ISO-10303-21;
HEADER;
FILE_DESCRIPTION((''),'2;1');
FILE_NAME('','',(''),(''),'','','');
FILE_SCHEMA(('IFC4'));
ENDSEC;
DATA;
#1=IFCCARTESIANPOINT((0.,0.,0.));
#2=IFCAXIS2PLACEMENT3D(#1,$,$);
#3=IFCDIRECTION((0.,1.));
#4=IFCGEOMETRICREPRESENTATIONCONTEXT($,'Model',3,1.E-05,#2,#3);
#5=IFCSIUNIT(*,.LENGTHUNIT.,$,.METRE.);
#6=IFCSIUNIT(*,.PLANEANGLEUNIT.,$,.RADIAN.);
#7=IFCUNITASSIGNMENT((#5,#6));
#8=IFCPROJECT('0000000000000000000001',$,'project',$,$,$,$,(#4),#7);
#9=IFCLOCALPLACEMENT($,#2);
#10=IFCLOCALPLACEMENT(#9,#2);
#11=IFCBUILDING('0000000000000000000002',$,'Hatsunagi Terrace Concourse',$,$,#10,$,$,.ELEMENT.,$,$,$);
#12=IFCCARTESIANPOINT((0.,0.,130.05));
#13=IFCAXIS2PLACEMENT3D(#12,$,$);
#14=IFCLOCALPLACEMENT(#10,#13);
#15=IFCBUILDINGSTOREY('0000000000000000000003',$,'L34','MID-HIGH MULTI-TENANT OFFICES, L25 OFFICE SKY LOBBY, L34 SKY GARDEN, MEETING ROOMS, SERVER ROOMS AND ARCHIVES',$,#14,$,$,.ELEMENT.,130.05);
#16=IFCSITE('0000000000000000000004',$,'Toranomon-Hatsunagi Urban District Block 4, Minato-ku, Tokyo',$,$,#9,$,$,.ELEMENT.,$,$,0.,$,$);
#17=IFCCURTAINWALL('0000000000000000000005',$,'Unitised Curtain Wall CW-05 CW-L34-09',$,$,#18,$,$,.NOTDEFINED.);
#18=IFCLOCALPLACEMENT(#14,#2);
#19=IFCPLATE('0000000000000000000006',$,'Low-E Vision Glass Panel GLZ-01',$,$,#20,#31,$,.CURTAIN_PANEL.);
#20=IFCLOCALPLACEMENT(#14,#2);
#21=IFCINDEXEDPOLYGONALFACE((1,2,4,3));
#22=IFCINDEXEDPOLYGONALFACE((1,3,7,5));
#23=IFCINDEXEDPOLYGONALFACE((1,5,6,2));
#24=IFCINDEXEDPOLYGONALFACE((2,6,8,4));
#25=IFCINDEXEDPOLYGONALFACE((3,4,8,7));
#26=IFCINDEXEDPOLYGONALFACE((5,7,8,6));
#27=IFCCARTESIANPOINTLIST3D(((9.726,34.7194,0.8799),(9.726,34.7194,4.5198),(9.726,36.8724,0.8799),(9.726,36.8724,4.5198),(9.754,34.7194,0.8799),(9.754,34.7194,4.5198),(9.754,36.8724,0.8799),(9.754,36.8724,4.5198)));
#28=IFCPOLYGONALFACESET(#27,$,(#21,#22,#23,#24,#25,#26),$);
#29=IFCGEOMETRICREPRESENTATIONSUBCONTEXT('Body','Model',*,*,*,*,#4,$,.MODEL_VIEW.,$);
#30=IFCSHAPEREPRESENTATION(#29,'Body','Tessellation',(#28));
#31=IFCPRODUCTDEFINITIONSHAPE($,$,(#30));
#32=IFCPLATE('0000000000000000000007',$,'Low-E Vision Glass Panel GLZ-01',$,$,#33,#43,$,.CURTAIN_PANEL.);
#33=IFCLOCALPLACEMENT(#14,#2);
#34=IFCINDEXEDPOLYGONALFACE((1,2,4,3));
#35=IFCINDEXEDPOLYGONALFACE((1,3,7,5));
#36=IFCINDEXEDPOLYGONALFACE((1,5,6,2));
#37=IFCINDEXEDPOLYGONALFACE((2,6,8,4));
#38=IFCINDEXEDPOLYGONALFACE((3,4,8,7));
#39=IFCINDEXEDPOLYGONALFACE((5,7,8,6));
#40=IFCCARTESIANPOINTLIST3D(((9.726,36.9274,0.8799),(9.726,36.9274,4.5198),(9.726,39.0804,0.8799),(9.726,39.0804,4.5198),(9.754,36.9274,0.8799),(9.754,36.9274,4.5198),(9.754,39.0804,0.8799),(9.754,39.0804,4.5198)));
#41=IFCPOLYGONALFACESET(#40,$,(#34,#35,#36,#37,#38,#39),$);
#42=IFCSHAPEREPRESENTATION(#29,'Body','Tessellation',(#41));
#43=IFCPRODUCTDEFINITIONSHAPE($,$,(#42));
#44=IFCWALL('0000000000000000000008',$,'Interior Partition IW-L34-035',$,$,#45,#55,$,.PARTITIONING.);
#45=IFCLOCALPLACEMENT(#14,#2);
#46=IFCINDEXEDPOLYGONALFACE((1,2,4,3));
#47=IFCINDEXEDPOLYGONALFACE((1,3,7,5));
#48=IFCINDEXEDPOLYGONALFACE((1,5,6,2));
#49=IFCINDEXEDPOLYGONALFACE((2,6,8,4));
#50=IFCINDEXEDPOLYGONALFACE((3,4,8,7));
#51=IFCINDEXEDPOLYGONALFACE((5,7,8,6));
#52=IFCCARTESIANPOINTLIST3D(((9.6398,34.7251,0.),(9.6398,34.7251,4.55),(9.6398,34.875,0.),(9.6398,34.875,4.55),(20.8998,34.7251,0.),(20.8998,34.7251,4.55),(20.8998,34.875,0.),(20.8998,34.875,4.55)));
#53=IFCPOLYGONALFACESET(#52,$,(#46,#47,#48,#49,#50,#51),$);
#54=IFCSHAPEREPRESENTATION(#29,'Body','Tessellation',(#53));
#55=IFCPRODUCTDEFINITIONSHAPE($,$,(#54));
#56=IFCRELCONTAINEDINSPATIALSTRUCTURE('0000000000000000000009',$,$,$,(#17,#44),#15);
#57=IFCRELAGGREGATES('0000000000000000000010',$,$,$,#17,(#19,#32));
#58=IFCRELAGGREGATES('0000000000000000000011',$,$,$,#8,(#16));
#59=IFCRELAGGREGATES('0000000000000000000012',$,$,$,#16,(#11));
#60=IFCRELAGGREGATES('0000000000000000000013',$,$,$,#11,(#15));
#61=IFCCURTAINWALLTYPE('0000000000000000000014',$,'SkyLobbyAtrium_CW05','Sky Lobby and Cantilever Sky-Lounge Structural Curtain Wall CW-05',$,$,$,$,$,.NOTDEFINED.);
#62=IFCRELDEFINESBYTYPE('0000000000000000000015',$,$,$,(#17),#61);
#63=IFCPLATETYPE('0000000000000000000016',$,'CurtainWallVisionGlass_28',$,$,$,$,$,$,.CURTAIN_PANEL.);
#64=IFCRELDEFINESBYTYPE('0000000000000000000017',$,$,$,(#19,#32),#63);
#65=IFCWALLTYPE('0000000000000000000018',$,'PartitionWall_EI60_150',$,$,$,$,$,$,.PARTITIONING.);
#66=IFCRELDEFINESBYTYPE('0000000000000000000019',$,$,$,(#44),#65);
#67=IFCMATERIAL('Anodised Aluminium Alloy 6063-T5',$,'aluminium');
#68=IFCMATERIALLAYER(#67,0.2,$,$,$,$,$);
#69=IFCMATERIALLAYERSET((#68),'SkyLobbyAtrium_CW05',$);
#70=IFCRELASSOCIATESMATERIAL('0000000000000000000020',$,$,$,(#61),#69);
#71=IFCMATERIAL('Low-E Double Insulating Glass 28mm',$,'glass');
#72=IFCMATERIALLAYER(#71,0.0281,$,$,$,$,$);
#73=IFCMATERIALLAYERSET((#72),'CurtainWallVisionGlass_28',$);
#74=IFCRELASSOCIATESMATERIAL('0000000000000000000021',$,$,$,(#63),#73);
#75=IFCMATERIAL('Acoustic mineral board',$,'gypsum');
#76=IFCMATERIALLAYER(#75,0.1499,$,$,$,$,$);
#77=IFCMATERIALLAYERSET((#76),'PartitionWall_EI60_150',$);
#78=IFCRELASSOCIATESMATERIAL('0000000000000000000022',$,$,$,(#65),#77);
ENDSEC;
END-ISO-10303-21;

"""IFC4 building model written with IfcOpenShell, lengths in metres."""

from ifc_helpers import new_model, si_unit, direction, frame, frame_2d, origin, origin_2d, place, context, subcontext, project, spatial, rectangle, extrude, material, layer, layer_set, type_object, element, aggregate, save


model = new_model("IFC4")

# Units and contexts
model_context = context("Model", 3, precision=1e-05, world=origin(), true_north=direction((0.0, 1.0)))
body_context = subcontext(model_context, "Body", "Model", "MODEL_VIEW")
ifc_project = project(units=[si_unit("LENGTHUNIT", "METRE"), si_unit("PLANEANGLEUNIT", "RADIAN")], contexts=[model_context])

# Site, building, storey
site_placement = place(None, origin())
site = spatial("IfcSite", under=ifc_project, at=site_placement, Name="Toranomon-Hatsunagi Urban District Block 4, Minato-ku, Tokyo", CompositionType="ELEMENT", RefElevation=0.0)
building_placement = place(site_placement, origin())
building = spatial("IfcBuilding", under=site, at=building_placement, Name="Hatsunagi Terrace Concourse", CompositionType="ELEMENT")
storey_placement = place(building_placement, frame((0.0, 0.0, 130.05)))
storey = spatial("IfcBuildingStorey", under=building, at=storey_placement, Name="L34", Description="MID-HIGH MULTI-TENANT OFFICES, L25 OFFICE SKY LOBBY, L34 SKY GARDEN, MEETING ROOMS, SERVER ROOMS AND ARCHIVES", CompositionType="ELEMENT", Elevation=130.05)

# Curtain wall
ifc_material_1 = material(Name="Anodised Aluminium Alloy 6063-T5", Category="aluminium")
ifc_layer_1 = layer(ifc_material_1, 0.2)
ifc_layer_set_1 = layer_set([ifc_layer_1], Name="SkyLobbyAtrium_CW05")
curtain_wall_type = type_object("IfcCurtainWallType", Name="SkyLobbyAtrium_CW05", Description="Sky Lobby and Cantilever Sky-Lounge Structural Curtain Wall CW-05", PredefinedType="NOTDEFINED", material=ifc_layer_set_1)
curtain_wall_placement = place(storey_placement, origin())
curtain_wall = element("IfcCurtainWall", 1, at=curtain_wall_placement, inside=storey, type_object=curtain_wall_type, Name="Unitised Curtain Wall CW-05 CW-L34-09", PredefinedType="NOTDEFINED")

# Plates
ifc_material_2 = material(Name="Low-E Double Insulating Glass 28mm", Category="glass")
ifc_layer_2 = layer(ifc_material_2, 0.0281)
ifc_layer_set_2 = layer_set([ifc_layer_2], Name="CurtainWallVisionGlass_28")
plate_type_1 = type_object("IfcPlateType", Name="CurtainWallVisionGlass_28", PredefinedType="CURTAIN_PANEL", material=ifc_layer_set_2)
plate_1_placement = place(storey_placement, frame((9.74, 35.7959, 0.8799), z_axis=(0.0, 0.0, 1.0), x_axis=(0.0, 1.0, 0.0)))
plate_1 = element("IfcPlate", 2, at=plate_1_placement, type_object=plate_type_1, Name="Low-E Vision Glass Panel GLZ-01", PredefinedType="CURTAIN_PANEL", context=body_context, shape_type="SweptSolid", body=[
    extrude(rectangle(XDim=2.1531, YDim=0.0281, at=origin_2d()), origin(), (0.0, 0.0, 1.0), 3.6399),
])
plate_2_placement = place(storey_placement, frame((9.74, 38.0039, 0.8799), z_axis=(0.0, 0.0, 1.0), x_axis=(0.0, 1.0, 0.0)))
plate_2 = element("IfcPlate", 3, at=plate_2_placement, type_object=plate_type_1, Name="Low-E Vision Glass Panel GLZ-01", PredefinedType="CURTAIN_PANEL", context=body_context, shape_type="SweptSolid", body=[
    extrude(rectangle(XDim=2.1531, YDim=0.0281, at=origin_2d()), origin(), (0.0, 0.0, 1.0), 3.6399),
])
aggregate(curtain_wall, [plate_1, plate_2])

# Wall
ifc_material_3 = material(Name="Acoustic mineral board", Category="gypsum")
ifc_layer_3 = layer(ifc_material_3, 0.1499)
ifc_layer_set_3 = layer_set([ifc_layer_3], Name="PartitionWall_EI60_150")
wall_type = type_object("IfcWallType", Name="PartitionWall_EI60_150", PredefinedType="PARTITIONING", material=ifc_layer_set_3)
wall_placement = place(storey_placement, frame((9.6399, 34.8, 0.0), z_axis=(0.0, 0.0, 1.0), x_axis=(1.0, 0.0, 0.0)))
element("IfcWall", 4, at=wall_placement, inside=storey, type_object=wall_type, Name="Interior Partition IW-L34-035", PredefinedType="PARTITIONING", context=body_context, shape_type="SweptSolid", body=[
    extrude(rectangle(XDim=11.26, YDim=0.1499, at=frame_2d((5.6299, 0.0))), origin(), (0.0, 0.0, 1.0), 4.55),
])

save(model, "model.ifc")
